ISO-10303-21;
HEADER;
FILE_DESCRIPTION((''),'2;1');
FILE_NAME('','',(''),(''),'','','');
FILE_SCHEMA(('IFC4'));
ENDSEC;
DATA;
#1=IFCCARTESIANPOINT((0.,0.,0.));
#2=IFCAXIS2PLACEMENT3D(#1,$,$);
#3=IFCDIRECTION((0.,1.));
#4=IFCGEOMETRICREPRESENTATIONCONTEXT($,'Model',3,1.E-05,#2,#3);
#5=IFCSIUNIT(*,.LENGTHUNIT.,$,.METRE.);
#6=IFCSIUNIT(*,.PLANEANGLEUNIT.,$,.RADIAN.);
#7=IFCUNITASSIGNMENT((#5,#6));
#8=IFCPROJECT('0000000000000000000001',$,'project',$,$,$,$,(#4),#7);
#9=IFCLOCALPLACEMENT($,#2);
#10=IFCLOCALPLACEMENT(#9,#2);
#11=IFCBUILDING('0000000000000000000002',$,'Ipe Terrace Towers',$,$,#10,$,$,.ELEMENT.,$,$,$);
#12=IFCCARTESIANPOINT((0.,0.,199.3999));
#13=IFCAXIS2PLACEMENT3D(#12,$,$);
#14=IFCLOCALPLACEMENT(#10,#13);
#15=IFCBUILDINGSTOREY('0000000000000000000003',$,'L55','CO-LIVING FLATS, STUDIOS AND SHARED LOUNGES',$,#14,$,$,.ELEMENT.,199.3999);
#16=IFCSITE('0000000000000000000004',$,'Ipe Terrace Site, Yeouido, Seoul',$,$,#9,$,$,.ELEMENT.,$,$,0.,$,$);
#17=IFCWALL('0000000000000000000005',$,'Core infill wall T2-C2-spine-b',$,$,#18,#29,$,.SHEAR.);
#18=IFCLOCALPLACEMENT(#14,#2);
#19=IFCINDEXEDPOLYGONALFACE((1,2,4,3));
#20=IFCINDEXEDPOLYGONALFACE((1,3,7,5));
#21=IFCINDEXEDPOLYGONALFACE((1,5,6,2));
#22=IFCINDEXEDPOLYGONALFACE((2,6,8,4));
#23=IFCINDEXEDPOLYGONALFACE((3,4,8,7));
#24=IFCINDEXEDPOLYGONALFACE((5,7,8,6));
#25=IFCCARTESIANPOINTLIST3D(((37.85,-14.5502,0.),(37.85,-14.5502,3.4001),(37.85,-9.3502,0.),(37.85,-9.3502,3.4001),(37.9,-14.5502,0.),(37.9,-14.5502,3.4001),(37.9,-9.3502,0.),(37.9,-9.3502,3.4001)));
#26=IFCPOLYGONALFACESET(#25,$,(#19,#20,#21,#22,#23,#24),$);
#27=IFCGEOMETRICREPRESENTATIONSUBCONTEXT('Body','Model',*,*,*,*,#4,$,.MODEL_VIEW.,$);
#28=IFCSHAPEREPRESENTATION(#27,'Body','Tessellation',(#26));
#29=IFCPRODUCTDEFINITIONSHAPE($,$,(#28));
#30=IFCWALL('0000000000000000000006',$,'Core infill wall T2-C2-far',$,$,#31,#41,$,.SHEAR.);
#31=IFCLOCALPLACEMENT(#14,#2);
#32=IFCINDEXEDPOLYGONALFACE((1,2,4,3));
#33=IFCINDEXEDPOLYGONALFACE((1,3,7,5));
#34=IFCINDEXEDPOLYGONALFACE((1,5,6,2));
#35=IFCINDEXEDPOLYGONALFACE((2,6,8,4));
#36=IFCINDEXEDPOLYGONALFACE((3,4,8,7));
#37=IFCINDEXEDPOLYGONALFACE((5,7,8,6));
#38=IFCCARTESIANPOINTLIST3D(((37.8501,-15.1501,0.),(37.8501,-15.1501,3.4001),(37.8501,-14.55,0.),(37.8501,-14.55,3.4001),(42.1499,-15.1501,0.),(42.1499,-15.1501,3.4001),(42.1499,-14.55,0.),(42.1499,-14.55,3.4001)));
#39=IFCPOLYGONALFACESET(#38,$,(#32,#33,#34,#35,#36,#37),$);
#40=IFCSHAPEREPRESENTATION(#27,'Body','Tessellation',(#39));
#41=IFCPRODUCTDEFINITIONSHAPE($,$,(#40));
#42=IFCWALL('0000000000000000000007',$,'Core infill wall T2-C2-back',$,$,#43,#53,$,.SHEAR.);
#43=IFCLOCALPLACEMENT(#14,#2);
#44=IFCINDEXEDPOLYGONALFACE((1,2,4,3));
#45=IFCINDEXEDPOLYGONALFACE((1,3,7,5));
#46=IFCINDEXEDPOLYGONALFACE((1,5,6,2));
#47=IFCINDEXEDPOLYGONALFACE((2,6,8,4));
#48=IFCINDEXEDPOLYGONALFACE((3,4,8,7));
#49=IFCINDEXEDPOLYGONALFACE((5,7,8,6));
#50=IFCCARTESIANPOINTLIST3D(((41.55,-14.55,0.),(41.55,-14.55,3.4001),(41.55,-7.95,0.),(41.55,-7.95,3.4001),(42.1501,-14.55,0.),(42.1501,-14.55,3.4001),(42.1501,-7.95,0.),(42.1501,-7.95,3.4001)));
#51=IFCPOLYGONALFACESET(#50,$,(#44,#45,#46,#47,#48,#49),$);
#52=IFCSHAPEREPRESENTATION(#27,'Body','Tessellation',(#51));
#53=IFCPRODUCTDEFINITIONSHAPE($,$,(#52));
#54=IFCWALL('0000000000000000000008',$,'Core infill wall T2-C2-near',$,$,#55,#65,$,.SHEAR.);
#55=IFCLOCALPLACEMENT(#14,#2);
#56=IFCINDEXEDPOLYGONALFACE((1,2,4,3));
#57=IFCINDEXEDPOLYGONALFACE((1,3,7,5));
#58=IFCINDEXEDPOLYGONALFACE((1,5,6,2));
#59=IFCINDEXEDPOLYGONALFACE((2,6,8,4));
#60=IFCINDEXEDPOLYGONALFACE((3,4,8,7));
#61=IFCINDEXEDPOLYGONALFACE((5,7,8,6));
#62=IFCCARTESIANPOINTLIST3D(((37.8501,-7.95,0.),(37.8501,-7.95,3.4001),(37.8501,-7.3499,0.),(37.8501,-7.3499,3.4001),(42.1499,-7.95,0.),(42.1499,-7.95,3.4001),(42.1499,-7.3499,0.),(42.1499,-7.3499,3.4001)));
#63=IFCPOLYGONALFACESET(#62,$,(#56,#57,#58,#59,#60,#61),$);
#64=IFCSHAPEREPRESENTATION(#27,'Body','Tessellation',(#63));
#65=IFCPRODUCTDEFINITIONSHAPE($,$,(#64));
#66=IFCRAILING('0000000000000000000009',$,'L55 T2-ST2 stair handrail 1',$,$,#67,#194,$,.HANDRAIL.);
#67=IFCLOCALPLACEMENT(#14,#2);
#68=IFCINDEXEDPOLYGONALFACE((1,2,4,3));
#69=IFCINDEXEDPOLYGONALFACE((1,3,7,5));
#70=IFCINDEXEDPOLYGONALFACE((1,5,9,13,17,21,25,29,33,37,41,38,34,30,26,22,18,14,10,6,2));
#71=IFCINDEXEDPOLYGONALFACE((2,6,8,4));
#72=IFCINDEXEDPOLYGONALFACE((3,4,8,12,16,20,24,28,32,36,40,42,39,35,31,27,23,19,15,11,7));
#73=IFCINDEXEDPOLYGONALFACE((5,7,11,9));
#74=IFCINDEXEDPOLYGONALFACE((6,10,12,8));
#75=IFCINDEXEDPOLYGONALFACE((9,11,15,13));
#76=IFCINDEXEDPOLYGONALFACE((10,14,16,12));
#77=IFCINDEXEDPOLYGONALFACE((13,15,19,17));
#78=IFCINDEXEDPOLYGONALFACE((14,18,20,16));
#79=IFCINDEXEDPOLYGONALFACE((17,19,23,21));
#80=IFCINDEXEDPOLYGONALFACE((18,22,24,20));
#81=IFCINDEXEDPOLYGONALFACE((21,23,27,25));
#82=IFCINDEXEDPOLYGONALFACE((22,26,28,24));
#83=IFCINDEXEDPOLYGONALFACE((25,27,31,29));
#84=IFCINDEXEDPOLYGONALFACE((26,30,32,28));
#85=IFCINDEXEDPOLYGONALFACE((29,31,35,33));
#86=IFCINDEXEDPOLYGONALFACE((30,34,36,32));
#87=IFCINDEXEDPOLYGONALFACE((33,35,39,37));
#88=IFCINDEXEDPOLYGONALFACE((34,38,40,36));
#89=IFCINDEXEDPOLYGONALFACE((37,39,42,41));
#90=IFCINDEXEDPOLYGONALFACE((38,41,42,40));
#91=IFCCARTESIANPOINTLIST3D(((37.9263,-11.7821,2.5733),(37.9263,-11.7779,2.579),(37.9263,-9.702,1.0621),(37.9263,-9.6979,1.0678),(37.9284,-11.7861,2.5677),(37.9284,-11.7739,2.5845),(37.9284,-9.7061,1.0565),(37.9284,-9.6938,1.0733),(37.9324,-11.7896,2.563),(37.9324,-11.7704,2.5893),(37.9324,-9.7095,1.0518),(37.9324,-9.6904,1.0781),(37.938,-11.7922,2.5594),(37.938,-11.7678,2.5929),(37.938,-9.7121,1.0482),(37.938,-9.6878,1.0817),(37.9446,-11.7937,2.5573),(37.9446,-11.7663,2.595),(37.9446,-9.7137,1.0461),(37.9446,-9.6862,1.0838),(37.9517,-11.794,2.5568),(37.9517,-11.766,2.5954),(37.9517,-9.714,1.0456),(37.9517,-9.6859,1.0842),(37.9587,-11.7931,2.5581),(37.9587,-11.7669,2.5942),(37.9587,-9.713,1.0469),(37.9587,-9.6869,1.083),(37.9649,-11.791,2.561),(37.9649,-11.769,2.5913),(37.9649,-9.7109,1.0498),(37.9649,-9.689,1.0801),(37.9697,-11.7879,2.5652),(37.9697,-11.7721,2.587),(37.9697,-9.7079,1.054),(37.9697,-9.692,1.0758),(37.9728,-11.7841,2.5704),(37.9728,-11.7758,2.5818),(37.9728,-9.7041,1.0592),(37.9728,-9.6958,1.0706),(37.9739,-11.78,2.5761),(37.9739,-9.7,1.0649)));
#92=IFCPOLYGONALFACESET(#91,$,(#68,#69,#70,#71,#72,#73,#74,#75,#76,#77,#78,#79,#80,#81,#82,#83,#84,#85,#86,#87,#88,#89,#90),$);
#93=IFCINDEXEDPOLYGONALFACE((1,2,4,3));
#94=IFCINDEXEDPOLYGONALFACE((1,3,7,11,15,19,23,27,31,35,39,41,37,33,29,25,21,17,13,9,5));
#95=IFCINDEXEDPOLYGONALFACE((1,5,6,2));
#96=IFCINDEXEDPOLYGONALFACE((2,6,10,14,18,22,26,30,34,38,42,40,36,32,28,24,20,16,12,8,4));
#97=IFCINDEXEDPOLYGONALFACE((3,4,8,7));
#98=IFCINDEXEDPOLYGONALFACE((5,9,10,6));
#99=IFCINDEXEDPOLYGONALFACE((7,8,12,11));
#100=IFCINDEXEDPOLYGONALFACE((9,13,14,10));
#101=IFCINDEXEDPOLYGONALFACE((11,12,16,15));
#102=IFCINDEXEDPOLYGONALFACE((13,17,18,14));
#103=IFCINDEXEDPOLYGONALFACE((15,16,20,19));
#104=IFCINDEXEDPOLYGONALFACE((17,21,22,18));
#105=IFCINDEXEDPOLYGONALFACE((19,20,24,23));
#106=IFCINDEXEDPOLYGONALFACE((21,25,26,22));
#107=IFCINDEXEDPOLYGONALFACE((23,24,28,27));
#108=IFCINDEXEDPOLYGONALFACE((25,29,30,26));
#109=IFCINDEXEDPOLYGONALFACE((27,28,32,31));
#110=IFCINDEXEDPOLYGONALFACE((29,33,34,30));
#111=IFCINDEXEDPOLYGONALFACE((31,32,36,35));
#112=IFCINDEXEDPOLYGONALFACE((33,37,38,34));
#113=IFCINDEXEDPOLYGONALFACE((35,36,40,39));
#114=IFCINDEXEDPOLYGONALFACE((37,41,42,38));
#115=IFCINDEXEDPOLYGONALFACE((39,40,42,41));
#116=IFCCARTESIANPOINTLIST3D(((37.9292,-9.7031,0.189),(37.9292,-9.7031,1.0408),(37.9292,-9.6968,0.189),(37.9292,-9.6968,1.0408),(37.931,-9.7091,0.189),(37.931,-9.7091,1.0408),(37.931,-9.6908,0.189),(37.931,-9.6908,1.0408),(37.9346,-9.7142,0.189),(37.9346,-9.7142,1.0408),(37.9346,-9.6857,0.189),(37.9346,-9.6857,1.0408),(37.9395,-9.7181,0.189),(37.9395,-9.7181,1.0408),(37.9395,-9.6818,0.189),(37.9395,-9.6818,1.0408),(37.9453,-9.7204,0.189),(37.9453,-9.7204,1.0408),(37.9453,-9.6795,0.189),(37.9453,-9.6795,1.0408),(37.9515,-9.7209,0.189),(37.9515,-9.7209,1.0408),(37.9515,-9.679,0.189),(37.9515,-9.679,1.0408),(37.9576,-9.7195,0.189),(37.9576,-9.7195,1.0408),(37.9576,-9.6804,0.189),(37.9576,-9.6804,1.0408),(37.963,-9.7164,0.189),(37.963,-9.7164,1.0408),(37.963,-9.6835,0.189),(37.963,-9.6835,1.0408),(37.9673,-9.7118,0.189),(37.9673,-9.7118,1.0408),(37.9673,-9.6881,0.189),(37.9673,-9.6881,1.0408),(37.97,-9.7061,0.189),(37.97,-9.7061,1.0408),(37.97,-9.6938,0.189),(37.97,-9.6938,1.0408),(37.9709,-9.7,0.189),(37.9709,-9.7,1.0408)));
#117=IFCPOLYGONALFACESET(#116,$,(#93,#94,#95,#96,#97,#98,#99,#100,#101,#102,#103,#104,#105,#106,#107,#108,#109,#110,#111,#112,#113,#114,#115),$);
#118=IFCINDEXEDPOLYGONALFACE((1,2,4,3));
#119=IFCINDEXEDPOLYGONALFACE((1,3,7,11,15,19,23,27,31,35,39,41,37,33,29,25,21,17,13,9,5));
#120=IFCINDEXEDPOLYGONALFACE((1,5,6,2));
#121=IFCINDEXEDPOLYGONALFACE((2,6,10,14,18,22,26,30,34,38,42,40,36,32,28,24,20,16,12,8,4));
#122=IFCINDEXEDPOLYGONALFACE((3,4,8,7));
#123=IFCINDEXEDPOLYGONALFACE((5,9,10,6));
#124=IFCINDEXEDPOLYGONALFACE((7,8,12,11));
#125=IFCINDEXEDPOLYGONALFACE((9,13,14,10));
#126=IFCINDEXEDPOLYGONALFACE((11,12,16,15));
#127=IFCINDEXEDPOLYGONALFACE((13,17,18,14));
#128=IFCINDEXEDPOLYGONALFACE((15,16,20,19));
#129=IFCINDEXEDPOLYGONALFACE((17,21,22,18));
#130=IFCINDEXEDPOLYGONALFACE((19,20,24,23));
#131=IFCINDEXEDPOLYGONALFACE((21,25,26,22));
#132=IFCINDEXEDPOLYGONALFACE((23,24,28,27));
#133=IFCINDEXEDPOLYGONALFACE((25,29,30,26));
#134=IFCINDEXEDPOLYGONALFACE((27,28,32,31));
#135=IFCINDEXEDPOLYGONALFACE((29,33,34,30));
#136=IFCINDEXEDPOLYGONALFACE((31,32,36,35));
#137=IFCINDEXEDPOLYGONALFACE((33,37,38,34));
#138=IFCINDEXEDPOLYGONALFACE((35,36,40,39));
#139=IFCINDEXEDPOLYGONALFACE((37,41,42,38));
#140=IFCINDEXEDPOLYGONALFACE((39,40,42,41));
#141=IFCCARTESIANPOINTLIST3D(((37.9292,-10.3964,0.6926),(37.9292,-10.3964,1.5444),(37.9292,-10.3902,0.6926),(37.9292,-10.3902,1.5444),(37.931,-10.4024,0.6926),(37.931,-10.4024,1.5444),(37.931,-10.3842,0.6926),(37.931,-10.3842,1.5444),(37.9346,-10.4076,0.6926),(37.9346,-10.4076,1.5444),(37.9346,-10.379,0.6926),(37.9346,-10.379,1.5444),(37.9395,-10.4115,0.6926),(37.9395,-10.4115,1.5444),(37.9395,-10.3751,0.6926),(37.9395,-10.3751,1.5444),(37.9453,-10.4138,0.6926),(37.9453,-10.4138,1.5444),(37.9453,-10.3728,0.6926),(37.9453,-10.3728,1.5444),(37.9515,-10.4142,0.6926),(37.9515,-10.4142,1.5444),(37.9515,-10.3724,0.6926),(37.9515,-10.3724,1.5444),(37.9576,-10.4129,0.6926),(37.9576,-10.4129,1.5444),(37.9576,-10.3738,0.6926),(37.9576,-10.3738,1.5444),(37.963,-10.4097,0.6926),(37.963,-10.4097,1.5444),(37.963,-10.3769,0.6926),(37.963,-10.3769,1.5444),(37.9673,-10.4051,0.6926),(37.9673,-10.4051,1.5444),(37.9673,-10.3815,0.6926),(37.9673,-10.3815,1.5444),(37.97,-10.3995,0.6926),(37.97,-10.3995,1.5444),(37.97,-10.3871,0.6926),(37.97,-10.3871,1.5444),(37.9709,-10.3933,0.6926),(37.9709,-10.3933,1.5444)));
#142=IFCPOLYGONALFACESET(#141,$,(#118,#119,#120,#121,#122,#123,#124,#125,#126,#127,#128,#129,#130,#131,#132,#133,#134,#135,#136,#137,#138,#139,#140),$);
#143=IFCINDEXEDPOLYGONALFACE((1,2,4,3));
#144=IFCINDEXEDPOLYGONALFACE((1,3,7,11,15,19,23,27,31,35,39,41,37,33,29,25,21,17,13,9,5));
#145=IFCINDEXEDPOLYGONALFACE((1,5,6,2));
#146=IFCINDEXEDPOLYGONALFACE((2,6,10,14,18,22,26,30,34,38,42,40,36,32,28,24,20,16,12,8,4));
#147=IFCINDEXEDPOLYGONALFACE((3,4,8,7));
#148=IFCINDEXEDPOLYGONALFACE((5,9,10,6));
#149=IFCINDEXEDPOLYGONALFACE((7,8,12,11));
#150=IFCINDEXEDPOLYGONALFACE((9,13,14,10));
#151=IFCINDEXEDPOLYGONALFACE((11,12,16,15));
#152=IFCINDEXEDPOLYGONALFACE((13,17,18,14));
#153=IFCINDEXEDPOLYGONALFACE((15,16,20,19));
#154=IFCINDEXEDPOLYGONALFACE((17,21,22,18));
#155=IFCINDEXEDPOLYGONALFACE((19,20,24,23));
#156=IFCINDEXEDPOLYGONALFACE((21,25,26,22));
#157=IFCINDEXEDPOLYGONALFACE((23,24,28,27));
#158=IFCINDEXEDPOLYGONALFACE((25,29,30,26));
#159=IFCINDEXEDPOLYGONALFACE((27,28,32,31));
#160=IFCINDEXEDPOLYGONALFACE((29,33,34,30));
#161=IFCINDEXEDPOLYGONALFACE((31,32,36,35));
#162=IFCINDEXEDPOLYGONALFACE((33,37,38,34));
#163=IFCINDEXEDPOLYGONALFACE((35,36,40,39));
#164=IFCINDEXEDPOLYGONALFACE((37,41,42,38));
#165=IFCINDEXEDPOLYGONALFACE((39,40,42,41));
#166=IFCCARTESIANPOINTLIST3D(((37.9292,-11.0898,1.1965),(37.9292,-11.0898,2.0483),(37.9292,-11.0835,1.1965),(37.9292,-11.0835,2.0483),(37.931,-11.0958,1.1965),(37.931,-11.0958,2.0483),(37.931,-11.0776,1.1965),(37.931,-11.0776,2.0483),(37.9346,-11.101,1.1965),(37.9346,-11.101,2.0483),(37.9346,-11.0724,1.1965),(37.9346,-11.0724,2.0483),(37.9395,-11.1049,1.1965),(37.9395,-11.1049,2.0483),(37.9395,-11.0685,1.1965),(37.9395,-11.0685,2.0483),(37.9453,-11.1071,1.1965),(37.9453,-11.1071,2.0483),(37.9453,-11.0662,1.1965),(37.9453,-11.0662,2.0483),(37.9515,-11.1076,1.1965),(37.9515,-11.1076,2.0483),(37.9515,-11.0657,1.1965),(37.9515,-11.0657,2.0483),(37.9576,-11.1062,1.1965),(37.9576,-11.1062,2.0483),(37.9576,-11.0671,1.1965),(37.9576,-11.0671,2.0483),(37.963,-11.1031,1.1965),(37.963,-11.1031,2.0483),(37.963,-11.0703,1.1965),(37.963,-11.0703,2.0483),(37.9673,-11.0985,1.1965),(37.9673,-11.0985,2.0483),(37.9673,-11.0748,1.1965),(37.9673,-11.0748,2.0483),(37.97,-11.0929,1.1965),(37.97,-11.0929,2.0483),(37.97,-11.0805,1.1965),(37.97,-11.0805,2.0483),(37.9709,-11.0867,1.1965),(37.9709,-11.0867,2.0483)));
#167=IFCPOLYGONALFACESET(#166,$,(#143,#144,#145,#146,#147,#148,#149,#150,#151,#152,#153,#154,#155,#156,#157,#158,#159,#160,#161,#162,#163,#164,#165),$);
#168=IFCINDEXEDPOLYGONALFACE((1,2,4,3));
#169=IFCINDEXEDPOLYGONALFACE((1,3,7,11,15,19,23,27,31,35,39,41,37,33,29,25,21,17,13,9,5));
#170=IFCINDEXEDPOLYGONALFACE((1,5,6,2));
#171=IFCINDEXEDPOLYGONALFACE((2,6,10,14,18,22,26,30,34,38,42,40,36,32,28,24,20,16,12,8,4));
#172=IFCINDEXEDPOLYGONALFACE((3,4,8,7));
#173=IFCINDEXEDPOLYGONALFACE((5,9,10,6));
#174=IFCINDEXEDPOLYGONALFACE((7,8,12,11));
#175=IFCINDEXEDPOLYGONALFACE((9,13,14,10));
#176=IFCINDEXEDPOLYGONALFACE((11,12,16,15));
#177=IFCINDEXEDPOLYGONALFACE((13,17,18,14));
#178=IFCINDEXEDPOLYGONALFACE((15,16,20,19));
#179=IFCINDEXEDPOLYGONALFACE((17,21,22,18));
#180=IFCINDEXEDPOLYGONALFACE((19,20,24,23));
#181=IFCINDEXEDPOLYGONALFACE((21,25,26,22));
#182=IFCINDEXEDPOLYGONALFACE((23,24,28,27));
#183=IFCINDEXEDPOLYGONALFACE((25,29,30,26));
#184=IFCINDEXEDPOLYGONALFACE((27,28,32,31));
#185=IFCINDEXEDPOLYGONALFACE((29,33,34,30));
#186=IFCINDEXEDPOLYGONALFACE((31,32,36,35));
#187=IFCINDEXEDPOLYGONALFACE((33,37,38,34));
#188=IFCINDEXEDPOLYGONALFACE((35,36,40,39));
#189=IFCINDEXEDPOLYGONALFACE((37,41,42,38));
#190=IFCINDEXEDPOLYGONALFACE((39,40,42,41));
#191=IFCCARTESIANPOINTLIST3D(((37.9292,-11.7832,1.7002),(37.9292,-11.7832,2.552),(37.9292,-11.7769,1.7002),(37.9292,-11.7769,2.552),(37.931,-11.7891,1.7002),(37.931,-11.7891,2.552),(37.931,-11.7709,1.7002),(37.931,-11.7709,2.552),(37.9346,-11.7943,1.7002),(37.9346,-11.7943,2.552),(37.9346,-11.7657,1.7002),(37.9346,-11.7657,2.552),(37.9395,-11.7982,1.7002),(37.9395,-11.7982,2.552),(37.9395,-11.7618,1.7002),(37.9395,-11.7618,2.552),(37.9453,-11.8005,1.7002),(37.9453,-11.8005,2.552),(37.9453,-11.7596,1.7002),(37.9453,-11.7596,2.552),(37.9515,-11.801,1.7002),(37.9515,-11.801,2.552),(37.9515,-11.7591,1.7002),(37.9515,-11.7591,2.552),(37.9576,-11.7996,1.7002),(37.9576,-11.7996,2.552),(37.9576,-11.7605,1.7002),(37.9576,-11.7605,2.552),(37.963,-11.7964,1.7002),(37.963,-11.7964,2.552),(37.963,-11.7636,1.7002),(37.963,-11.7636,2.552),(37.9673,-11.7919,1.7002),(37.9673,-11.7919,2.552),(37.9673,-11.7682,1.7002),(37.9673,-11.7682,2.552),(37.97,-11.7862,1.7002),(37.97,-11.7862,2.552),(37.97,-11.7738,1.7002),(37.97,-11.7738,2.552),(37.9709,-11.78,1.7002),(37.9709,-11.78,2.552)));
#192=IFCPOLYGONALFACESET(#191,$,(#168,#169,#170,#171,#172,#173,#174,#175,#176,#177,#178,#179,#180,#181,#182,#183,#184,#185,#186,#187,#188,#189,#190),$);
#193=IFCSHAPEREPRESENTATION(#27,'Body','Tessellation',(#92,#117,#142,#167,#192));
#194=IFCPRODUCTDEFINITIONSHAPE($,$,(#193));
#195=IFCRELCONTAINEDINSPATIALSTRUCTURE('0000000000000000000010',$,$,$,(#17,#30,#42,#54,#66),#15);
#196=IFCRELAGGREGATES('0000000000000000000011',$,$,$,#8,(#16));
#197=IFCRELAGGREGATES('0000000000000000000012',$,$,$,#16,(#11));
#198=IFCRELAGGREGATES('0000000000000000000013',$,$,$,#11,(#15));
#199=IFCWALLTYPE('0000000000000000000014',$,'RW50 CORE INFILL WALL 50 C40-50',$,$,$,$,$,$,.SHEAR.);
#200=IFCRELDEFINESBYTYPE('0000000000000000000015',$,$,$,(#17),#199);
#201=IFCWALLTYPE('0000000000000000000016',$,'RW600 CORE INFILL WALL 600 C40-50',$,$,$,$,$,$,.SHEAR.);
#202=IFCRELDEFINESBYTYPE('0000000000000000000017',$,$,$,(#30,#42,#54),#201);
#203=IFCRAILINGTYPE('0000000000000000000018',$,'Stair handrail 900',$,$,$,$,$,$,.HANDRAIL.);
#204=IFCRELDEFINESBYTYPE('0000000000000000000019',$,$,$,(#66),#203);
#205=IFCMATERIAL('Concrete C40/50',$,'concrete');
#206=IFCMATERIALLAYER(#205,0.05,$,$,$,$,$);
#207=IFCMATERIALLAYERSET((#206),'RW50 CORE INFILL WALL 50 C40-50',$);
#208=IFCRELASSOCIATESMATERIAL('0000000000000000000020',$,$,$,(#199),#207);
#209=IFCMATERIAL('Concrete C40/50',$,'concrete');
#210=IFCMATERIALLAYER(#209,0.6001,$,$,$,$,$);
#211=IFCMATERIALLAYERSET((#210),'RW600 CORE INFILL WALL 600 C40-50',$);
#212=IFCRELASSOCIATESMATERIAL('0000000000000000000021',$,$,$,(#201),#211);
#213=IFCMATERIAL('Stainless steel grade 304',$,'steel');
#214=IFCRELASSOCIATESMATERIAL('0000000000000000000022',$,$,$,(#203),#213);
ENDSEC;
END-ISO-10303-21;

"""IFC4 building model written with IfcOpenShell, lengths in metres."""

from ifc_helpers import new_model, si_unit, direction, frame, frame_2d, origin, origin_2d, place, context, subcontext, project, spatial, rectangle, circle, extrude, material, layer, layer_set, type_object, element, save


model = new_model("IFC4")

# Units and contexts
model_context = context("Model", 3, precision=1e-05, world=origin(), true_north=direction((0.0, 1.0)))
body_context = subcontext(model_context, "Body", "Model", "MODEL_VIEW")
ifc_project = project(units=[si_unit("LENGTHUNIT", "METRE"), si_unit("PLANEANGLEUNIT", "RADIAN")], contexts=[model_context])

# Site, building, storey
site_placement = place(None, origin())
site = spatial("IfcSite", under=ifc_project, at=site_placement, Name="Ipe Terrace Site, Yeouido, Seoul", CompositionType="ELEMENT", RefElevation=0.0)
building_placement = place(site_placement, origin())
building = spatial("IfcBuilding", under=site, at=building_placement, Name="Ipe Terrace Towers", CompositionType="ELEMENT")
storey_placement = place(building_placement, frame((0.0, 0.0, 199.3999)))
storey = spatial("IfcBuildingStorey", under=building, at=storey_placement, Name="L55", Description="CO-LIVING FLATS, STUDIOS AND SHARED LOUNGES", CompositionType="ELEMENT", Elevation=199.3999)

# Walls
ifc_material_1 = material(Name="Concrete C40/50", Category="concrete")
ifc_layer_1 = layer(ifc_material_1, 0.05)
ifc_layer_set_1 = layer_set([ifc_layer_1], Name="RW50 CORE INFILL WALL 50 C40-50")
wall_type_1 = type_object("IfcWallType", Name="RW50 CORE INFILL WALL 50 C40-50", PredefinedType="SHEAR", material=ifc_layer_set_1)
wall_1_placement = place(storey_placement, frame((37.875, -9.3501, 0.0), z_axis=(0.0, 0.0, 1.0), x_axis=(0.0, -1.0, 0.0)))
element("IfcWall", 1, at=wall_1_placement, inside=storey, type_object=wall_type_1, Name="Core infill wall T2-C2-spine-b", PredefinedType="SHEAR", context=body_context, shape_type="SweptSolid", body=[
    extrude(rectangle(XDim=5.2, YDim=0.05, at=frame_2d((2.6001, 0.0))), origin(), (0.0, 0.0, 1.0), 3.4001),
])
ifc_material_2 = material(Name="Concrete C40/50", Category="concrete")
ifc_layer_2 = layer(ifc_material_2, 0.6001)
ifc_layer_set_2 = layer_set([ifc_layer_2], Name="RW600 CORE INFILL WALL 600 C40-50")
wall_type_2 = type_object("IfcWallType", Name="RW600 CORE INFILL WALL 600 C40-50", PredefinedType="SHEAR", material=ifc_layer_set_2)
wall_2_placement = place(storey_placement, frame((37.8501, -14.8501, 0.0), z_axis=(0.0, 0.0, 1.0), x_axis=(1.0, 0.0, 0.0)))
element("IfcWall", 2, at=wall_2_placement, inside=storey, type_object=wall_type_2, Name="Core infill wall T2-C2-far", PredefinedType="SHEAR", context=body_context, shape_type="SweptSolid", body=[
    extrude(rectangle(XDim=4.2998, YDim=0.6001, at=frame_2d((2.1499, 0.0))), origin(), (0.0, 0.0, 1.0), 3.4001),
])
wall_3_placement = place(storey_placement, frame((41.8501, -7.95, 0.0), z_axis=(0.0, 0.0, 1.0), x_axis=(0.0, -1.0, 0.0)))
element("IfcWall", 3, at=wall_3_placement, inside=storey, type_object=wall_type_2, Name="Core infill wall T2-C2-back", PredefinedType="SHEAR", context=body_context, shape_type="SweptSolid", body=[
    extrude(rectangle(XDim=6.6001, YDim=0.6001, at=frame_2d((3.3, 0.0))), origin(), (0.0, 0.0, 1.0), 3.4001),
])
wall_4_placement = place(storey_placement, frame((37.8501, -7.6499, 0.0), z_axis=(0.0, 0.0, 1.0), x_axis=(1.0, 0.0, 0.0)))
element("IfcWall", 4, at=wall_4_placement, inside=storey, type_object=wall_type_2, Name="Core infill wall T2-C2-near", PredefinedType="SHEAR", context=body_context, shape_type="SweptSolid", body=[
    extrude(rectangle(XDim=4.2998, YDim=0.6001, at=frame_2d((2.1499, 0.0))), origin(), (0.0, 0.0, 1.0), 3.4001),
])

# Railing
ifc_material_3 = material(Name="Stainless steel grade 304", Category="steel")
railing_type_1 = type_object("IfcRailingType", Name="Stair handrail 900", PredefinedType="HANDRAIL", material=ifc_material_3)
railing_1_placement = place(storey_placement, frame((37.95, -9.7, 0.189)))
element("IfcRailing", 5, at=railing_1_placement, inside=storey, type_object=railing_type_1, Name="L55 T2-ST2 stair handrail 1", PredefinedType="HANDRAIL", context=body_context, shape_type="SweptSolid", body=[
    extrude(circle(Radius=0.0239, at=origin_2d()), frame((0.0, 0.0, 0.876), z_axis=(0.0, -0.809023, 0.587776), x_axis=(1.0, 0.0, 0.0)), (0.0, 0.0, 1.0), 2.571),
    extrude(circle(Radius=0.021, at=origin_2d()), origin(), (0.0, 0.0, 1.0), 0.8518),
    extrude(circle(Radius=0.021, at=origin_2d()), frame((0.0, -0.6934, 0.5037)), (0.0, 0.0, 1.0), 0.8518),
    extrude(circle(Radius=0.021, at=origin_2d()), frame((0.0, -1.3867, 1.0076)), (0.0, 0.0, 1.0), 0.8518),
    extrude(circle(Radius=0.021, at=origin_2d()), frame((0.0, -2.0801, 1.5112)), (0.0, 0.0, 1.0), 0.8518),
])

save(model, "model.ifc")
